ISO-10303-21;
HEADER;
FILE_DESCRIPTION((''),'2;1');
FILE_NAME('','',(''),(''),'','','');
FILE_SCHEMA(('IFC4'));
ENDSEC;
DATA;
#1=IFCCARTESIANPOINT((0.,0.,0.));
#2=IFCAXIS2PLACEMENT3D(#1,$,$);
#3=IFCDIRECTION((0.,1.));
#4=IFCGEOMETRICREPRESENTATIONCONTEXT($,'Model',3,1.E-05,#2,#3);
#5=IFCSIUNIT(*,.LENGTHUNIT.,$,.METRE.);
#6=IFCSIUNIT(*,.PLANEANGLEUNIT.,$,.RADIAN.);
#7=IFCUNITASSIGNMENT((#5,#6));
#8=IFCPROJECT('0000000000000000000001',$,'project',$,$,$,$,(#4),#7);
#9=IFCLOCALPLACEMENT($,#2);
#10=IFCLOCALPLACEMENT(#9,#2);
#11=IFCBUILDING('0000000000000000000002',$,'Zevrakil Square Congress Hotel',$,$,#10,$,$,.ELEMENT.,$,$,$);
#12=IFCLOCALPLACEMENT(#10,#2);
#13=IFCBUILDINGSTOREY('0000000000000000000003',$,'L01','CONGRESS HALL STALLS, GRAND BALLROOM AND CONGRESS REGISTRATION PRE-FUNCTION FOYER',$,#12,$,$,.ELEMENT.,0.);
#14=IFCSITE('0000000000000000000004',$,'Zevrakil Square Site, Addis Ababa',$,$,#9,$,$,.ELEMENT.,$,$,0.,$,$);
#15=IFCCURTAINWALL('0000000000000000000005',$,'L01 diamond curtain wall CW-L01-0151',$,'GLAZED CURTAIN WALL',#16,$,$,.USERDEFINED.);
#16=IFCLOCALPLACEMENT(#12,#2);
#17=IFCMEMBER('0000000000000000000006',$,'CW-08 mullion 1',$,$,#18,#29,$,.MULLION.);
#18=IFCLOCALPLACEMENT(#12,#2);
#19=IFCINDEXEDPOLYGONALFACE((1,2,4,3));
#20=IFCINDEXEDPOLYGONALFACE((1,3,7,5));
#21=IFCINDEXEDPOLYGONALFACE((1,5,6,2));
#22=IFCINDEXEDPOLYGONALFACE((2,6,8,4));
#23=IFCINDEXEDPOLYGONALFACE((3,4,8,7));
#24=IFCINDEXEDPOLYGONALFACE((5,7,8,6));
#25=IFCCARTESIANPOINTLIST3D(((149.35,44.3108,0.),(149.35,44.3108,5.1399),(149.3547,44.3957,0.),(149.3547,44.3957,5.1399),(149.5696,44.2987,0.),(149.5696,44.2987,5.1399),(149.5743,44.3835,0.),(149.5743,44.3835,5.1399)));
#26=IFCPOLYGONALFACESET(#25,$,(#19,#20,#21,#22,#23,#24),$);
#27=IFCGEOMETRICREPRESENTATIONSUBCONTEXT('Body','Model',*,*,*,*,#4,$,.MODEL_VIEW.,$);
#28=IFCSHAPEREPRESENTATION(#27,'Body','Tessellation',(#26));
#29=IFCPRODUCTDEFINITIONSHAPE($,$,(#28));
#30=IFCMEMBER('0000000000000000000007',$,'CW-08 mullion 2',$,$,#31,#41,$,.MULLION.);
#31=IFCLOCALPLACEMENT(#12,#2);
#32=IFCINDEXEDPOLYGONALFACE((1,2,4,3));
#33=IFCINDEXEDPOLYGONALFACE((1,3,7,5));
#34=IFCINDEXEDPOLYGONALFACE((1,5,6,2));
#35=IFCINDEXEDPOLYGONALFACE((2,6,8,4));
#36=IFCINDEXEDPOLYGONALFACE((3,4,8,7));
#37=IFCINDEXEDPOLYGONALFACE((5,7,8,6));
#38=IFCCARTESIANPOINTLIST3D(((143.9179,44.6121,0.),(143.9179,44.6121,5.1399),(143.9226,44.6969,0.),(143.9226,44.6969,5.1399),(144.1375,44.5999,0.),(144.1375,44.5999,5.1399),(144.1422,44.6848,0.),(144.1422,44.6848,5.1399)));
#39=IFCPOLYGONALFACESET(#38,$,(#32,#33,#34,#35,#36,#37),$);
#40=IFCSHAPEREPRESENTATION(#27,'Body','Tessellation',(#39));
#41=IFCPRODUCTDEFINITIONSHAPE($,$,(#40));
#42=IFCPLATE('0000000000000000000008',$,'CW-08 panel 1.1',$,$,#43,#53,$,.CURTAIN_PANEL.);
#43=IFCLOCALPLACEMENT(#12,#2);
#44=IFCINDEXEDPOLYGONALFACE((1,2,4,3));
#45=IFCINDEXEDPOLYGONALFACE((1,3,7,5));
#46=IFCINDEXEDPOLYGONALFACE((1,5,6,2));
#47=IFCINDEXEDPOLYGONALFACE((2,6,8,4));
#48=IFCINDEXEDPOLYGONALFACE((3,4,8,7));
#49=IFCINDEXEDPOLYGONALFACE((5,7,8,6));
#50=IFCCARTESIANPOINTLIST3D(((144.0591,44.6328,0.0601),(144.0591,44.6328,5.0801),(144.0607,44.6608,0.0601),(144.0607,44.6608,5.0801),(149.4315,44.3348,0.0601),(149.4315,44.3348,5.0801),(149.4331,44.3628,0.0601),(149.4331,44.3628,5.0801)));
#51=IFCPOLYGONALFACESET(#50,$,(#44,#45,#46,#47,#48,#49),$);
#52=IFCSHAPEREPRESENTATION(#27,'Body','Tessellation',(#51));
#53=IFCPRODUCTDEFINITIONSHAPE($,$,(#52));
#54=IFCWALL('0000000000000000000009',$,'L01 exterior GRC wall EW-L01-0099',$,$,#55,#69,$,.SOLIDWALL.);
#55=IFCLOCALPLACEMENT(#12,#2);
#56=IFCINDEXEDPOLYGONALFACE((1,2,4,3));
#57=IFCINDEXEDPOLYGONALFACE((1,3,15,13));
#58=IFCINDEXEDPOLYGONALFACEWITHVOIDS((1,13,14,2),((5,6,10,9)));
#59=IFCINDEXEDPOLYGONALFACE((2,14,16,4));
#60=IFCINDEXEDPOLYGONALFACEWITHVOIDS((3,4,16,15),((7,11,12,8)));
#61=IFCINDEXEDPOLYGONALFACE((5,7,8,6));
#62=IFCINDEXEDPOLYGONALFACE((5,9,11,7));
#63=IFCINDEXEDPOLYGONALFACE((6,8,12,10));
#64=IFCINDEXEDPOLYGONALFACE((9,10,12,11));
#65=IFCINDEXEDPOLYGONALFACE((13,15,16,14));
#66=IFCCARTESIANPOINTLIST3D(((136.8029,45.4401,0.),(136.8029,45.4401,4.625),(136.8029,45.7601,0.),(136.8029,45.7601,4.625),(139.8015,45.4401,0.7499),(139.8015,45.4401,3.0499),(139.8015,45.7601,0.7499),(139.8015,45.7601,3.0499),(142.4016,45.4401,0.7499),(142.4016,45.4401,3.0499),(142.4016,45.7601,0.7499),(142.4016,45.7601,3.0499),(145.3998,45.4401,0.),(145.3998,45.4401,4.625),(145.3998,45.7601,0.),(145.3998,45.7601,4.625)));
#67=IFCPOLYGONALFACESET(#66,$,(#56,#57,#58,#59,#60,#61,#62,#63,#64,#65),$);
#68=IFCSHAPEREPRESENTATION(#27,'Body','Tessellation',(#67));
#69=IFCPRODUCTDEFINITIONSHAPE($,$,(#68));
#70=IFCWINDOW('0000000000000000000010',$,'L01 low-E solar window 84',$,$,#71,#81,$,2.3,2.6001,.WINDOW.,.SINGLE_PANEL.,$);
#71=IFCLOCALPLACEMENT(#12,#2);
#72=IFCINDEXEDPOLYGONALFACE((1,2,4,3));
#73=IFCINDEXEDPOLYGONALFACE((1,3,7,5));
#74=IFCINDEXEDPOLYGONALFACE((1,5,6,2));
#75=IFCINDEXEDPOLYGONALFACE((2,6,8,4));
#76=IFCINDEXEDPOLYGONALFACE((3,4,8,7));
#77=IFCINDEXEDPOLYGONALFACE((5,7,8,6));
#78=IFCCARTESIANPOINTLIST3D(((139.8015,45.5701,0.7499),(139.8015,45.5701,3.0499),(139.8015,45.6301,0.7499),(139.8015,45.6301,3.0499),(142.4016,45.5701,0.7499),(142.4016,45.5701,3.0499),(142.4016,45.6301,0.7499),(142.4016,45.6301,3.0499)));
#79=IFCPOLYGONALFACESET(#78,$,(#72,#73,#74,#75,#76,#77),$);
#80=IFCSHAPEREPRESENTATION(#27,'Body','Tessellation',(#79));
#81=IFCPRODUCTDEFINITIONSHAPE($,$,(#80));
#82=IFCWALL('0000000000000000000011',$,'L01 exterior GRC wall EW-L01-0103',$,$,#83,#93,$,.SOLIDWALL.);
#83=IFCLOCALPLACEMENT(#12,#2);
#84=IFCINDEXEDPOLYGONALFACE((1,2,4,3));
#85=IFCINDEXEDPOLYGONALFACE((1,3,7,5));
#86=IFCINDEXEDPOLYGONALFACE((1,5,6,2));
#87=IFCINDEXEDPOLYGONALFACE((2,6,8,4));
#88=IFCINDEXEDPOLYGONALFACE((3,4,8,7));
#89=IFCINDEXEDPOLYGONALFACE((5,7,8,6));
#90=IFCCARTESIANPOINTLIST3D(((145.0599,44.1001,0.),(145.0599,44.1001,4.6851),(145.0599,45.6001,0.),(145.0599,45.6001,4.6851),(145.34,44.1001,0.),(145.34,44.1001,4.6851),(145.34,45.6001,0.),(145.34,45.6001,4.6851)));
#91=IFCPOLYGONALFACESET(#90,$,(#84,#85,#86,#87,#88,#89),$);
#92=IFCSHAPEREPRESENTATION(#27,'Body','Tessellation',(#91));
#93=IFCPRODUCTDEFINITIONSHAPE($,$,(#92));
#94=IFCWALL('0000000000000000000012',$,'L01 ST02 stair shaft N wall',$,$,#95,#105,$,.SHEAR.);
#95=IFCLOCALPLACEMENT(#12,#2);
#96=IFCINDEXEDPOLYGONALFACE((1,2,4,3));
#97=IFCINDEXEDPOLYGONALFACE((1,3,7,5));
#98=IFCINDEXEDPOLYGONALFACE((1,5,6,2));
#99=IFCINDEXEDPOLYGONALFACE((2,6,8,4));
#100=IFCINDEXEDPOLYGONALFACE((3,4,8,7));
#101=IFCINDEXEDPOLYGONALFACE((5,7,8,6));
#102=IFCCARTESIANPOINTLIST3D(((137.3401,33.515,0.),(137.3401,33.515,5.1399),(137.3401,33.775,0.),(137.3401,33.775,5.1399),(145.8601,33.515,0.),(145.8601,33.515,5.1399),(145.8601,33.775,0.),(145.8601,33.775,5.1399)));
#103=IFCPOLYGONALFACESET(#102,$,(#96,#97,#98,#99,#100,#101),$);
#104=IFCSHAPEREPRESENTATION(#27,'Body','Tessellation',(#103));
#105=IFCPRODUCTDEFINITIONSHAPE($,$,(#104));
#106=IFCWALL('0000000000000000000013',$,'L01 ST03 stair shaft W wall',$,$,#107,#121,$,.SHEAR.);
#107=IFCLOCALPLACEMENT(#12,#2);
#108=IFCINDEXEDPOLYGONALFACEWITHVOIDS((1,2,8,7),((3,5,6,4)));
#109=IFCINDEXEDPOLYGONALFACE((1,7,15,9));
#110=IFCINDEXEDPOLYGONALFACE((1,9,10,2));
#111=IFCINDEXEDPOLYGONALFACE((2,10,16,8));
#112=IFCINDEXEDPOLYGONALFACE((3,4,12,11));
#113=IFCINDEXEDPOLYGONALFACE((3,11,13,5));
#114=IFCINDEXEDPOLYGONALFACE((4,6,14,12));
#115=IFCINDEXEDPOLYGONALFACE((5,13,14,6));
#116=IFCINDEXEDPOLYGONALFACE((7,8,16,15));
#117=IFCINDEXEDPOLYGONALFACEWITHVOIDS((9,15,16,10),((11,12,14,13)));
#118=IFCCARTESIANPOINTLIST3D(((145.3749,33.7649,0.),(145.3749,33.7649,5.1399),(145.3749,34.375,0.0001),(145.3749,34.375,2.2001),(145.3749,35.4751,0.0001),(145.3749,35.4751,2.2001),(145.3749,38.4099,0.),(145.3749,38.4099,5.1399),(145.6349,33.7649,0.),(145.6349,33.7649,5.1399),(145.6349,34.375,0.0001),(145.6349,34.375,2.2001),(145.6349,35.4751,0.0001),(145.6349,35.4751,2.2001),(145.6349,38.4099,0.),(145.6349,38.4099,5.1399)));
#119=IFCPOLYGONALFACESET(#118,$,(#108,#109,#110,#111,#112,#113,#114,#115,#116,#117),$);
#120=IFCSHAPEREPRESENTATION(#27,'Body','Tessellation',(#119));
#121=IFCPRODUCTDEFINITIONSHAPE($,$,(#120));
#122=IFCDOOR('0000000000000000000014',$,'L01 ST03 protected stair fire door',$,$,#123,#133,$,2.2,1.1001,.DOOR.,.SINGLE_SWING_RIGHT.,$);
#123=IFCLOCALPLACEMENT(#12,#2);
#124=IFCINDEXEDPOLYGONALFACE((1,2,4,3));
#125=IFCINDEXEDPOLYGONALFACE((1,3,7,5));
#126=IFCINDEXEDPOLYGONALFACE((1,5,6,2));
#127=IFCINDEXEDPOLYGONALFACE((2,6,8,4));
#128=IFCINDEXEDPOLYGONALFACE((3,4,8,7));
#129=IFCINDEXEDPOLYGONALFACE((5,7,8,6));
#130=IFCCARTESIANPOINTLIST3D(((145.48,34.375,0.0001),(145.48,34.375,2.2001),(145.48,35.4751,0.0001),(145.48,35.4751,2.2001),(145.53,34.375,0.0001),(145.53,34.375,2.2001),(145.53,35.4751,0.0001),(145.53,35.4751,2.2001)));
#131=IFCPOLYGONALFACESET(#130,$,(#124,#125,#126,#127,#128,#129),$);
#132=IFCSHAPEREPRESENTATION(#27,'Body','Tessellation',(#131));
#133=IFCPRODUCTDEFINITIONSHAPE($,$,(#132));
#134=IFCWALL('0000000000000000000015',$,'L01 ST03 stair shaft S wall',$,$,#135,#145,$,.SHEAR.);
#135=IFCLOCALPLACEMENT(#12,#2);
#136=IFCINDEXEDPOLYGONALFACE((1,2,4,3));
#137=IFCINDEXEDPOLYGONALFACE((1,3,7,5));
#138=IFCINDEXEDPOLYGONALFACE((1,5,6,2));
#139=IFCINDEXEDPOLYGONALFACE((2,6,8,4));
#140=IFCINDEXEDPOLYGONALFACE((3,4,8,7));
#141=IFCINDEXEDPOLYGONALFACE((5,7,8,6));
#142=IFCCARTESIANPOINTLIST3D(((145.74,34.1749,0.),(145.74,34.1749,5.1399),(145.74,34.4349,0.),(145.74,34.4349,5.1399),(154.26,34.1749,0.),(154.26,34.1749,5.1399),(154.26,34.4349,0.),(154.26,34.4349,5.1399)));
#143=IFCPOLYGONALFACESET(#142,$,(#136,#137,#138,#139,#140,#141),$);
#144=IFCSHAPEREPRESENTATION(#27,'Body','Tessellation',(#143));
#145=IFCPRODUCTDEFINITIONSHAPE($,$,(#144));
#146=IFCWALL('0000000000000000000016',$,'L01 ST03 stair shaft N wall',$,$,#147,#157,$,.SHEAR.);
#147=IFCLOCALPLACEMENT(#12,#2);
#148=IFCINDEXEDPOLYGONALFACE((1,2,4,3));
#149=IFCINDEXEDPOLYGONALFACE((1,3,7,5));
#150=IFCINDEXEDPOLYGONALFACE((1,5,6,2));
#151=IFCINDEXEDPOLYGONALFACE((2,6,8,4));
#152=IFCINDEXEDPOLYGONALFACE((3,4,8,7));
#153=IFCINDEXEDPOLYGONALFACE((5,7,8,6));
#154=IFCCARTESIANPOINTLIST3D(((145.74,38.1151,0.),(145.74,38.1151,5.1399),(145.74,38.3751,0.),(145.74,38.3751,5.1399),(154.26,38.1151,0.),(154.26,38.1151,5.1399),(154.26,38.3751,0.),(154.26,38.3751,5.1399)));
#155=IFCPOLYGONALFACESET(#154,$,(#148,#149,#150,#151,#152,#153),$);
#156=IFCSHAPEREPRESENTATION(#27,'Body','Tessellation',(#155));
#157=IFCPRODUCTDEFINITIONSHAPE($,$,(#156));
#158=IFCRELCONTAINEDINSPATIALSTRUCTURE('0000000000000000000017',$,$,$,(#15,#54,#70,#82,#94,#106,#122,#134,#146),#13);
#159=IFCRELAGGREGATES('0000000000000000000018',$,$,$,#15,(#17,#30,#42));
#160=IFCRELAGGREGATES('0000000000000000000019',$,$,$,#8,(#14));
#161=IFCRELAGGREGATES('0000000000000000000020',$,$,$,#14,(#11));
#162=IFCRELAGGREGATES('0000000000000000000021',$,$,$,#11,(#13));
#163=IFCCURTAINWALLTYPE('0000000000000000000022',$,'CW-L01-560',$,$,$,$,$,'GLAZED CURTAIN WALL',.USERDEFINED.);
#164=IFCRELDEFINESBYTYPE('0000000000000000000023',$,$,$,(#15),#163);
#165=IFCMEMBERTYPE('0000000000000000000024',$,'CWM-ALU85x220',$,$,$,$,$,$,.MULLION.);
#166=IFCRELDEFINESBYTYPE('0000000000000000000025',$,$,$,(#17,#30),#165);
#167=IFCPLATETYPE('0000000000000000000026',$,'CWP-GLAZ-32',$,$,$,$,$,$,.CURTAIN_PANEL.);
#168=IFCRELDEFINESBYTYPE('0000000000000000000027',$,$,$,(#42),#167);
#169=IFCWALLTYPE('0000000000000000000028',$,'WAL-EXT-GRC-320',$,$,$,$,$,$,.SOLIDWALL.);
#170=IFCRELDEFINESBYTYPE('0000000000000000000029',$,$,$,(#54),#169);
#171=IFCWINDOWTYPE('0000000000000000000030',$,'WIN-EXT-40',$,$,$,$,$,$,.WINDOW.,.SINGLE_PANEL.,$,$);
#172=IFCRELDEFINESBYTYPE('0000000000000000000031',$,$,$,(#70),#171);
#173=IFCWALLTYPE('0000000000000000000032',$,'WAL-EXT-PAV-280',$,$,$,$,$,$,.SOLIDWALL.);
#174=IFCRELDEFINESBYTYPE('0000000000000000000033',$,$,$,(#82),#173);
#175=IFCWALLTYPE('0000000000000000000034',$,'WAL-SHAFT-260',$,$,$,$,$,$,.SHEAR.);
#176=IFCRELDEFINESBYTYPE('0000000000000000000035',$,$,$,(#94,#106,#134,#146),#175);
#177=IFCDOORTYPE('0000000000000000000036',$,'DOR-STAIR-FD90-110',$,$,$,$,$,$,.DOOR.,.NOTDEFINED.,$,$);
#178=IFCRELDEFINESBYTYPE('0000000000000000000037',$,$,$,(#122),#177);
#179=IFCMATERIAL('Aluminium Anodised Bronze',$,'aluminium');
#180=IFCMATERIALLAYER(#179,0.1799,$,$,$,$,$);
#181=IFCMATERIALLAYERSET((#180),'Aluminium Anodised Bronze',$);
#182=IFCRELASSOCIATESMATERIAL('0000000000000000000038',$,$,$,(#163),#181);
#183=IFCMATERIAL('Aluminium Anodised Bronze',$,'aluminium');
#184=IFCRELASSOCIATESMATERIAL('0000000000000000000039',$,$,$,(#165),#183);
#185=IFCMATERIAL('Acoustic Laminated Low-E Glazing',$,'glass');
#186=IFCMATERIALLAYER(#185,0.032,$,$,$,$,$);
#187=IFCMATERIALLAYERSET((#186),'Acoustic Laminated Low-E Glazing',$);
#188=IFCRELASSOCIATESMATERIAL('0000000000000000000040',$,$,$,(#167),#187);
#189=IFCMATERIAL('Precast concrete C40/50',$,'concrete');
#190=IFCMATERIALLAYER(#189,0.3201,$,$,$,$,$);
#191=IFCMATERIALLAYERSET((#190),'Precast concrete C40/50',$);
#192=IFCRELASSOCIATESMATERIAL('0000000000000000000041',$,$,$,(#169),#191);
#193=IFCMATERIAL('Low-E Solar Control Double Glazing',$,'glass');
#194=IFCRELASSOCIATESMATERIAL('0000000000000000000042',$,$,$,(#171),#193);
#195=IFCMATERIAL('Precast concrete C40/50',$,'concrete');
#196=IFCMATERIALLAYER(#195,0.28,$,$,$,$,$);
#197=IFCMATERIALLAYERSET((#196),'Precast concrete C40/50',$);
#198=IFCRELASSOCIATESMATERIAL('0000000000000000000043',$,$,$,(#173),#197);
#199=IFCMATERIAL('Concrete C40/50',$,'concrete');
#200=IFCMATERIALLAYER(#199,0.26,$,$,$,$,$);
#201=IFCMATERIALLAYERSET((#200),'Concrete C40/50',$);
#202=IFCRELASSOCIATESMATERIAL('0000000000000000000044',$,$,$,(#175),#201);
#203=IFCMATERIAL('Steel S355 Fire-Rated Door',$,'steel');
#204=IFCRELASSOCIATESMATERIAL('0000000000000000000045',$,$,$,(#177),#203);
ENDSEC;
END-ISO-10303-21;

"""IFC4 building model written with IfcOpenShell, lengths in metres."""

from ifc_helpers import new_model, si_unit, direction, frame, frame_2d, origin, origin_2d, place, context, subcontext, project, spatial, rectangle, extrude, material, layer, layer_set, material_profile, profile_set, type_object, element, fill, aggregate, save


model = new_model("IFC4")

# Units and contexts
model_context = context("Model", 3, precision=1e-05, world=origin(), true_north=direction((0.0, 1.0)))
body_context = subcontext(model_context, "Body", "Model", "MODEL_VIEW")
ifc_project = project(units=[si_unit("LENGTHUNIT", "METRE"), si_unit("PLANEANGLEUNIT", "RADIAN")], contexts=[model_context])

# Site, building, storey
site_placement = place(None, origin())
site = spatial("IfcSite", under=ifc_project, at=site_placement, Name="Zevrakil Square Site, Addis Ababa", CompositionType="ELEMENT", RefElevation=0.0)
building_placement = place(site_placement, origin())
building = spatial("IfcBuilding", under=site, at=building_placement, Name="Zevrakil Square Congress Hotel", CompositionType="ELEMENT")
storey_placement = place(building_placement, origin())
storey = spatial("IfcBuildingStorey", under=building, at=storey_placement, Name="L01", Description="CONGRESS HALL STALLS, GRAND BALLROOM AND CONGRESS REGISTRATION PRE-FUNCTION FOYER", CompositionType="ELEMENT", Elevation=0.0)

# Curtain wall
ifc_material_1 = material(Name="Aluminium Anodised Bronze", Category="aluminium")
ifc_layer_1 = layer(ifc_material_1, 0.1799)
ifc_layer_set_1 = layer_set([ifc_layer_1], Name="Aluminium Anodised Bronze")
curtain_wall_type_1 = type_object("IfcCurtainWallType", Name="CW-L01-560", ElementType="GLAZED CURTAIN WALL", PredefinedType="USERDEFINED", material=ifc_layer_set_1)
curtain_wall_1_placement = place(storey_placement, origin())
curtain_wall_1 = element("IfcCurtainWall", 1, at=curtain_wall_1_placement, inside=storey, type_object=curtain_wall_type_1, Name="L01 diamond curtain wall CW-L01-0151", ObjectType="GLAZED CURTAIN WALL", PredefinedType="USERDEFINED")

# Shared definitions
ifc_material_2 = material(Name="Aluminium Anodised Bronze", Category="aluminium")
ifc_material_profile_1 = material_profile(ifc_material_2, rectangle(XDim=0.085, YDim=0.22, at=origin_2d()), Name="ALU 85x220")
ifc_profile_set_1 = profile_set([ifc_material_profile_1], Name="Aluminium Anodised Bronze")
member_type_1 = type_object("IfcMemberType", Name="CWM-ALU85x220", PredefinedType="MULLION", material=ifc_profile_set_1)

# Members
member_1_placement = place(storey_placement, frame((149.4622, 44.3472, 0.0), z_axis=(0.0, 0.0, 1.0), x_axis=(-0.055375, -0.998466, 0.0)))
member_1 = element("IfcMember", 2, at=member_1_placement, type_object=member_type_1, Name="CW-08 mullion 1", PredefinedType="MULLION", context=body_context, shape_type="SweptSolid", body=[
    extrude(rectangle(XDim=0.085, YDim=0.22, at=origin_2d()), origin(), (0.0, 0.0, 1.0), 5.1399),
])
member_2_placement = place(storey_placement, frame((144.03, 44.6484, 0.0), z_axis=(0.0, 0.0, 1.0), x_axis=(-0.055375, -0.998466, 0.0)))
member_2 = element("IfcMember", 3, at=member_2_placement, type_object=member_type_1, Name="CW-08 mullion 2", PredefinedType="MULLION", context=body_context, shape_type="SweptSolid", body=[
    extrude(rectangle(XDim=0.085, YDim=0.22, at=origin_2d()), origin(), (0.0, 0.0, 1.0), 5.1399),
])

# Plate
ifc_material_3 = material(Name="Acoustic Laminated Low-E Glazing", Category="glass")
ifc_layer_2 = layer(ifc_material_3, 0.032)
ifc_layer_set_2 = layer_set([ifc_layer_2], Name="Acoustic Laminated Low-E Glazing")
plate_type = type_object("IfcPlateType", Name="CWP-GLAZ-32", PredefinedType="CURTAIN_PANEL", material=ifc_layer_set_2)
plate_placement = place(storey_placement, frame((146.7461, 44.4978, 0.0601), z_axis=(0.0, 0.0, 1.0), x_axis=(-0.998466, 0.055375, 0.0)))
plate = element("IfcPlate", 4, at=plate_placement, type_object=plate_type, Name="CW-08 panel 1.1", PredefinedType="CURTAIN_PANEL", context=body_context, shape_type="SweptSolid", body=[
    extrude(rectangle(XDim=5.3806, YDim=0.0281, at=origin_2d()), origin(), (0.0, 0.0, 1.0), 5.02),
])
aggregate(curtain_wall_1, [member_1, member_2, plate])

# Wall, opening, window
ifc_material_4 = material(Name="Precast concrete C40/50", Category="concrete")
ifc_layer_3 = layer(ifc_material_4, 0.3201)
ifc_layer_set_3 = layer_set([ifc_layer_3], Name="Precast concrete C40/50")
wall_type_1 = type_object("IfcWallType", Name="WAL-EXT-GRC-320", PredefinedType="SOLIDWALL", material=ifc_layer_set_3)
wall_1_placement = place(storey_placement, frame((136.803, 45.6001, 0.0), z_axis=(0.0, 0.0, 1.0), x_axis=(1.0, 0.0, 0.0)))
wall_1 = element("IfcWall", 5, at=wall_1_placement, inside=storey, type_object=wall_type_1, Name="L01 exterior GRC wall EW-L01-0099", PredefinedType="SOLIDWALL", context=body_context, shape_type="SweptSolid", body=[
    extrude(rectangle(XDim=8.5969, YDim=0.3201, at=frame_2d((4.2983, 0.0))), origin(), (0.0, 0.0, 1.0), 4.625),
])
opening_1_placement = place(wall_1_placement, frame((2.9985, 0.0, 0.75)))
opening_1 = element("IfcOpeningElement", 6, at=opening_1_placement, cuts=wall_1, PredefinedType="OPENING", context=body_context, shape_type="SweptSolid", body=[
    extrude(rectangle(XDim=2.6001, YDim=2.3, at=frame_2d((1.3, 1.1499))), frame((0.0, 0.1699, 0.0), z_axis=(0.0, -1.0, 0.0), x_axis=(1.0, 0.0, 0.0)), (0.0, 0.0, 1.0), 0.3401),
])
ifc_material_5 = material(Name="Low-E Solar Control Double Glazing", Category="glass")
window_type = type_object("IfcWindowType", Name="WIN-EXT-40", PartitioningType="SINGLE_PANEL", PredefinedType="WINDOW", material=ifc_material_5)
window_placement = place(opening_1_placement, origin())
window = element("IfcWindow", 7, at=window_placement, inside=storey, type_object=window_type, Name="L01 low-E solar window 84", OverallHeight=2.3, OverallWidth=2.6001, PartitioningType="SINGLE_PANEL", PredefinedType="WINDOW", context=body_context, shape_type="SweptSolid", body=[
    extrude(rectangle(XDim=2.6001, YDim=2.3, at=frame_2d((1.3, 1.1499))), frame((0.0, 0.03, 0.0), z_axis=(0.0, -1.0, 0.0), x_axis=(1.0, 0.0, 0.0)), (0.0, 0.0, 1.0), 0.0601),
])
fill(opening_1, window)

# Walls
ifc_material_6 = material(Name="Precast concrete C40/50", Category="concrete")
ifc_layer_4 = layer(ifc_material_6, 0.28)
ifc_layer_set_4 = layer_set([ifc_layer_4], Name="Precast concrete C40/50")
wall_type_2 = type_object("IfcWallType", Name="WAL-EXT-PAV-280", PredefinedType="SOLIDWALL", material=ifc_layer_set_4)
wall_2_placement = place(storey_placement, frame((145.2, 44.1001, 0.0), z_axis=(0.0, 0.0, 1.0), x_axis=(0.0, 1.0, 0.0)))
element("IfcWall", 8, at=wall_2_placement, inside=storey, type_object=wall_type_2, Name="L01 exterior GRC wall EW-L01-0103", PredefinedType="SOLIDWALL", context=body_context, shape_type="SweptSolid", body=[
    extrude(rectangle(XDim=1.5, YDim=0.28, at=frame_2d((0.75, 0.0))), origin(), (0.0, 0.0, 1.0), 4.6851),
])
ifc_material_7 = material(Name="Concrete C40/50", Category="concrete")
ifc_layer_5 = layer(ifc_material_7, 0.26)
ifc_layer_set_5 = layer_set([ifc_layer_5], Name="Concrete C40/50")
wall_type_3 = type_object("IfcWallType", Name="WAL-SHAFT-260", PredefinedType="SHEAR", material=ifc_layer_set_5)
wall_3_placement = place(storey_placement, frame((137.3401, 33.645, 0.0), z_axis=(0.0, 0.0, 1.0), x_axis=(1.0, 0.0, 0.0)))
element("IfcWall", 9, at=wall_3_placement, inside=storey, type_object=wall_type_3, Name="L01 ST02 stair shaft N wall", PredefinedType="SHEAR", context=body_context, shape_type="SweptSolid", body=[
    extrude(rectangle(XDim=8.52, YDim=0.26, at=frame_2d((4.26, 0.0))), origin(), (0.0, 0.0, 1.0), 5.1399),
])

# Wall, opening, door
wall_4_placement = place(storey_placement, frame((145.5049, 33.7649, 0.0), z_axis=(0.0, 0.0, 1.0), x_axis=(0.0, 1.0, 0.0)))
wall_4 = element("IfcWall", 10, at=wall_4_placement, inside=storey, type_object=wall_type_3, Name="L01 ST03 stair shaft W wall", PredefinedType="SHEAR", context=body_context, shape_type="SweptSolid", body=[
    extrude(rectangle(XDim=4.645, YDim=0.26, at=frame_2d((2.3225, 0.0))), origin(), (0.0, 0.0, 1.0), 5.1399),
])
opening_2_placement = place(wall_4_placement, frame((0.6101, 0.0, 0.0)))
opening_2 = element("IfcOpeningElement", 11, at=opening_2_placement, cuts=wall_4, PredefinedType="OPENING", context=body_context, shape_type="SweptSolid", body=[
    extrude(rectangle(XDim=1.1001, YDim=2.2, at=frame_2d((0.55, 1.1001))), frame((0.0, 0.1401, 0.0), z_axis=(0.0, -1.0, 0.0), x_axis=(1.0, 0.0, 0.0)), (0.0, 0.0, 1.0), 0.28),
])
ifc_material_8 = material(Name="Steel S355 Fire-Rated Door", Category="steel")
door_type = type_object("IfcDoorType", Name="DOR-STAIR-FD90-110", OperationType="NOTDEFINED", PredefinedType="DOOR", material=ifc_material_8)
door_placement = place(opening_2_placement, origin())
door = element("IfcDoor", 12, at=door_placement, inside=storey, type_object=door_type, Name="L01 ST03 protected stair fire door", OperationType="SINGLE_SWING_RIGHT", OverallHeight=2.2, OverallWidth=1.1001, PredefinedType="DOOR", context=body_context, shape_type="SweptSolid", body=[
    extrude(rectangle(XDim=1.1001, YDim=2.2, at=frame_2d((0.55, 1.1001))), frame((0.0, 0.0249, 0.0), z_axis=(0.0, -1.0, 0.0), x_axis=(1.0, 0.0, 0.0)), (0.0, 0.0, 1.0), 0.05),
])
fill(opening_2, door)

# Walls
for number, where, z_axis, x_axis, name in (
    (13, (145.74, 34.3049, 0.0), (0.0, 0.0, 1.0), (1.0, 0.0, 0.0), "L01 ST03 stair shaft S wall"),
    (14, (145.74, 38.2451, 0.0), (0.0, 0.0, 1.0), (1.0, 0.0, 0.0), "L01 ST03 stair shaft N wall"),
):
    element("IfcWall", number, at=place(storey_placement, frame(where, z_axis=z_axis, x_axis=x_axis)), inside=storey, type_object=wall_type_3, Name=name, PredefinedType="SHEAR", context=body_context, shape_type="SweptSolid", body=[
        extrude(rectangle(XDim=8.52, YDim=0.26, at=frame_2d((4.26, 0.0))), origin(), (0.0, 0.0, 1.0), 5.1399),
    ])

save(model, "model.ifc")
